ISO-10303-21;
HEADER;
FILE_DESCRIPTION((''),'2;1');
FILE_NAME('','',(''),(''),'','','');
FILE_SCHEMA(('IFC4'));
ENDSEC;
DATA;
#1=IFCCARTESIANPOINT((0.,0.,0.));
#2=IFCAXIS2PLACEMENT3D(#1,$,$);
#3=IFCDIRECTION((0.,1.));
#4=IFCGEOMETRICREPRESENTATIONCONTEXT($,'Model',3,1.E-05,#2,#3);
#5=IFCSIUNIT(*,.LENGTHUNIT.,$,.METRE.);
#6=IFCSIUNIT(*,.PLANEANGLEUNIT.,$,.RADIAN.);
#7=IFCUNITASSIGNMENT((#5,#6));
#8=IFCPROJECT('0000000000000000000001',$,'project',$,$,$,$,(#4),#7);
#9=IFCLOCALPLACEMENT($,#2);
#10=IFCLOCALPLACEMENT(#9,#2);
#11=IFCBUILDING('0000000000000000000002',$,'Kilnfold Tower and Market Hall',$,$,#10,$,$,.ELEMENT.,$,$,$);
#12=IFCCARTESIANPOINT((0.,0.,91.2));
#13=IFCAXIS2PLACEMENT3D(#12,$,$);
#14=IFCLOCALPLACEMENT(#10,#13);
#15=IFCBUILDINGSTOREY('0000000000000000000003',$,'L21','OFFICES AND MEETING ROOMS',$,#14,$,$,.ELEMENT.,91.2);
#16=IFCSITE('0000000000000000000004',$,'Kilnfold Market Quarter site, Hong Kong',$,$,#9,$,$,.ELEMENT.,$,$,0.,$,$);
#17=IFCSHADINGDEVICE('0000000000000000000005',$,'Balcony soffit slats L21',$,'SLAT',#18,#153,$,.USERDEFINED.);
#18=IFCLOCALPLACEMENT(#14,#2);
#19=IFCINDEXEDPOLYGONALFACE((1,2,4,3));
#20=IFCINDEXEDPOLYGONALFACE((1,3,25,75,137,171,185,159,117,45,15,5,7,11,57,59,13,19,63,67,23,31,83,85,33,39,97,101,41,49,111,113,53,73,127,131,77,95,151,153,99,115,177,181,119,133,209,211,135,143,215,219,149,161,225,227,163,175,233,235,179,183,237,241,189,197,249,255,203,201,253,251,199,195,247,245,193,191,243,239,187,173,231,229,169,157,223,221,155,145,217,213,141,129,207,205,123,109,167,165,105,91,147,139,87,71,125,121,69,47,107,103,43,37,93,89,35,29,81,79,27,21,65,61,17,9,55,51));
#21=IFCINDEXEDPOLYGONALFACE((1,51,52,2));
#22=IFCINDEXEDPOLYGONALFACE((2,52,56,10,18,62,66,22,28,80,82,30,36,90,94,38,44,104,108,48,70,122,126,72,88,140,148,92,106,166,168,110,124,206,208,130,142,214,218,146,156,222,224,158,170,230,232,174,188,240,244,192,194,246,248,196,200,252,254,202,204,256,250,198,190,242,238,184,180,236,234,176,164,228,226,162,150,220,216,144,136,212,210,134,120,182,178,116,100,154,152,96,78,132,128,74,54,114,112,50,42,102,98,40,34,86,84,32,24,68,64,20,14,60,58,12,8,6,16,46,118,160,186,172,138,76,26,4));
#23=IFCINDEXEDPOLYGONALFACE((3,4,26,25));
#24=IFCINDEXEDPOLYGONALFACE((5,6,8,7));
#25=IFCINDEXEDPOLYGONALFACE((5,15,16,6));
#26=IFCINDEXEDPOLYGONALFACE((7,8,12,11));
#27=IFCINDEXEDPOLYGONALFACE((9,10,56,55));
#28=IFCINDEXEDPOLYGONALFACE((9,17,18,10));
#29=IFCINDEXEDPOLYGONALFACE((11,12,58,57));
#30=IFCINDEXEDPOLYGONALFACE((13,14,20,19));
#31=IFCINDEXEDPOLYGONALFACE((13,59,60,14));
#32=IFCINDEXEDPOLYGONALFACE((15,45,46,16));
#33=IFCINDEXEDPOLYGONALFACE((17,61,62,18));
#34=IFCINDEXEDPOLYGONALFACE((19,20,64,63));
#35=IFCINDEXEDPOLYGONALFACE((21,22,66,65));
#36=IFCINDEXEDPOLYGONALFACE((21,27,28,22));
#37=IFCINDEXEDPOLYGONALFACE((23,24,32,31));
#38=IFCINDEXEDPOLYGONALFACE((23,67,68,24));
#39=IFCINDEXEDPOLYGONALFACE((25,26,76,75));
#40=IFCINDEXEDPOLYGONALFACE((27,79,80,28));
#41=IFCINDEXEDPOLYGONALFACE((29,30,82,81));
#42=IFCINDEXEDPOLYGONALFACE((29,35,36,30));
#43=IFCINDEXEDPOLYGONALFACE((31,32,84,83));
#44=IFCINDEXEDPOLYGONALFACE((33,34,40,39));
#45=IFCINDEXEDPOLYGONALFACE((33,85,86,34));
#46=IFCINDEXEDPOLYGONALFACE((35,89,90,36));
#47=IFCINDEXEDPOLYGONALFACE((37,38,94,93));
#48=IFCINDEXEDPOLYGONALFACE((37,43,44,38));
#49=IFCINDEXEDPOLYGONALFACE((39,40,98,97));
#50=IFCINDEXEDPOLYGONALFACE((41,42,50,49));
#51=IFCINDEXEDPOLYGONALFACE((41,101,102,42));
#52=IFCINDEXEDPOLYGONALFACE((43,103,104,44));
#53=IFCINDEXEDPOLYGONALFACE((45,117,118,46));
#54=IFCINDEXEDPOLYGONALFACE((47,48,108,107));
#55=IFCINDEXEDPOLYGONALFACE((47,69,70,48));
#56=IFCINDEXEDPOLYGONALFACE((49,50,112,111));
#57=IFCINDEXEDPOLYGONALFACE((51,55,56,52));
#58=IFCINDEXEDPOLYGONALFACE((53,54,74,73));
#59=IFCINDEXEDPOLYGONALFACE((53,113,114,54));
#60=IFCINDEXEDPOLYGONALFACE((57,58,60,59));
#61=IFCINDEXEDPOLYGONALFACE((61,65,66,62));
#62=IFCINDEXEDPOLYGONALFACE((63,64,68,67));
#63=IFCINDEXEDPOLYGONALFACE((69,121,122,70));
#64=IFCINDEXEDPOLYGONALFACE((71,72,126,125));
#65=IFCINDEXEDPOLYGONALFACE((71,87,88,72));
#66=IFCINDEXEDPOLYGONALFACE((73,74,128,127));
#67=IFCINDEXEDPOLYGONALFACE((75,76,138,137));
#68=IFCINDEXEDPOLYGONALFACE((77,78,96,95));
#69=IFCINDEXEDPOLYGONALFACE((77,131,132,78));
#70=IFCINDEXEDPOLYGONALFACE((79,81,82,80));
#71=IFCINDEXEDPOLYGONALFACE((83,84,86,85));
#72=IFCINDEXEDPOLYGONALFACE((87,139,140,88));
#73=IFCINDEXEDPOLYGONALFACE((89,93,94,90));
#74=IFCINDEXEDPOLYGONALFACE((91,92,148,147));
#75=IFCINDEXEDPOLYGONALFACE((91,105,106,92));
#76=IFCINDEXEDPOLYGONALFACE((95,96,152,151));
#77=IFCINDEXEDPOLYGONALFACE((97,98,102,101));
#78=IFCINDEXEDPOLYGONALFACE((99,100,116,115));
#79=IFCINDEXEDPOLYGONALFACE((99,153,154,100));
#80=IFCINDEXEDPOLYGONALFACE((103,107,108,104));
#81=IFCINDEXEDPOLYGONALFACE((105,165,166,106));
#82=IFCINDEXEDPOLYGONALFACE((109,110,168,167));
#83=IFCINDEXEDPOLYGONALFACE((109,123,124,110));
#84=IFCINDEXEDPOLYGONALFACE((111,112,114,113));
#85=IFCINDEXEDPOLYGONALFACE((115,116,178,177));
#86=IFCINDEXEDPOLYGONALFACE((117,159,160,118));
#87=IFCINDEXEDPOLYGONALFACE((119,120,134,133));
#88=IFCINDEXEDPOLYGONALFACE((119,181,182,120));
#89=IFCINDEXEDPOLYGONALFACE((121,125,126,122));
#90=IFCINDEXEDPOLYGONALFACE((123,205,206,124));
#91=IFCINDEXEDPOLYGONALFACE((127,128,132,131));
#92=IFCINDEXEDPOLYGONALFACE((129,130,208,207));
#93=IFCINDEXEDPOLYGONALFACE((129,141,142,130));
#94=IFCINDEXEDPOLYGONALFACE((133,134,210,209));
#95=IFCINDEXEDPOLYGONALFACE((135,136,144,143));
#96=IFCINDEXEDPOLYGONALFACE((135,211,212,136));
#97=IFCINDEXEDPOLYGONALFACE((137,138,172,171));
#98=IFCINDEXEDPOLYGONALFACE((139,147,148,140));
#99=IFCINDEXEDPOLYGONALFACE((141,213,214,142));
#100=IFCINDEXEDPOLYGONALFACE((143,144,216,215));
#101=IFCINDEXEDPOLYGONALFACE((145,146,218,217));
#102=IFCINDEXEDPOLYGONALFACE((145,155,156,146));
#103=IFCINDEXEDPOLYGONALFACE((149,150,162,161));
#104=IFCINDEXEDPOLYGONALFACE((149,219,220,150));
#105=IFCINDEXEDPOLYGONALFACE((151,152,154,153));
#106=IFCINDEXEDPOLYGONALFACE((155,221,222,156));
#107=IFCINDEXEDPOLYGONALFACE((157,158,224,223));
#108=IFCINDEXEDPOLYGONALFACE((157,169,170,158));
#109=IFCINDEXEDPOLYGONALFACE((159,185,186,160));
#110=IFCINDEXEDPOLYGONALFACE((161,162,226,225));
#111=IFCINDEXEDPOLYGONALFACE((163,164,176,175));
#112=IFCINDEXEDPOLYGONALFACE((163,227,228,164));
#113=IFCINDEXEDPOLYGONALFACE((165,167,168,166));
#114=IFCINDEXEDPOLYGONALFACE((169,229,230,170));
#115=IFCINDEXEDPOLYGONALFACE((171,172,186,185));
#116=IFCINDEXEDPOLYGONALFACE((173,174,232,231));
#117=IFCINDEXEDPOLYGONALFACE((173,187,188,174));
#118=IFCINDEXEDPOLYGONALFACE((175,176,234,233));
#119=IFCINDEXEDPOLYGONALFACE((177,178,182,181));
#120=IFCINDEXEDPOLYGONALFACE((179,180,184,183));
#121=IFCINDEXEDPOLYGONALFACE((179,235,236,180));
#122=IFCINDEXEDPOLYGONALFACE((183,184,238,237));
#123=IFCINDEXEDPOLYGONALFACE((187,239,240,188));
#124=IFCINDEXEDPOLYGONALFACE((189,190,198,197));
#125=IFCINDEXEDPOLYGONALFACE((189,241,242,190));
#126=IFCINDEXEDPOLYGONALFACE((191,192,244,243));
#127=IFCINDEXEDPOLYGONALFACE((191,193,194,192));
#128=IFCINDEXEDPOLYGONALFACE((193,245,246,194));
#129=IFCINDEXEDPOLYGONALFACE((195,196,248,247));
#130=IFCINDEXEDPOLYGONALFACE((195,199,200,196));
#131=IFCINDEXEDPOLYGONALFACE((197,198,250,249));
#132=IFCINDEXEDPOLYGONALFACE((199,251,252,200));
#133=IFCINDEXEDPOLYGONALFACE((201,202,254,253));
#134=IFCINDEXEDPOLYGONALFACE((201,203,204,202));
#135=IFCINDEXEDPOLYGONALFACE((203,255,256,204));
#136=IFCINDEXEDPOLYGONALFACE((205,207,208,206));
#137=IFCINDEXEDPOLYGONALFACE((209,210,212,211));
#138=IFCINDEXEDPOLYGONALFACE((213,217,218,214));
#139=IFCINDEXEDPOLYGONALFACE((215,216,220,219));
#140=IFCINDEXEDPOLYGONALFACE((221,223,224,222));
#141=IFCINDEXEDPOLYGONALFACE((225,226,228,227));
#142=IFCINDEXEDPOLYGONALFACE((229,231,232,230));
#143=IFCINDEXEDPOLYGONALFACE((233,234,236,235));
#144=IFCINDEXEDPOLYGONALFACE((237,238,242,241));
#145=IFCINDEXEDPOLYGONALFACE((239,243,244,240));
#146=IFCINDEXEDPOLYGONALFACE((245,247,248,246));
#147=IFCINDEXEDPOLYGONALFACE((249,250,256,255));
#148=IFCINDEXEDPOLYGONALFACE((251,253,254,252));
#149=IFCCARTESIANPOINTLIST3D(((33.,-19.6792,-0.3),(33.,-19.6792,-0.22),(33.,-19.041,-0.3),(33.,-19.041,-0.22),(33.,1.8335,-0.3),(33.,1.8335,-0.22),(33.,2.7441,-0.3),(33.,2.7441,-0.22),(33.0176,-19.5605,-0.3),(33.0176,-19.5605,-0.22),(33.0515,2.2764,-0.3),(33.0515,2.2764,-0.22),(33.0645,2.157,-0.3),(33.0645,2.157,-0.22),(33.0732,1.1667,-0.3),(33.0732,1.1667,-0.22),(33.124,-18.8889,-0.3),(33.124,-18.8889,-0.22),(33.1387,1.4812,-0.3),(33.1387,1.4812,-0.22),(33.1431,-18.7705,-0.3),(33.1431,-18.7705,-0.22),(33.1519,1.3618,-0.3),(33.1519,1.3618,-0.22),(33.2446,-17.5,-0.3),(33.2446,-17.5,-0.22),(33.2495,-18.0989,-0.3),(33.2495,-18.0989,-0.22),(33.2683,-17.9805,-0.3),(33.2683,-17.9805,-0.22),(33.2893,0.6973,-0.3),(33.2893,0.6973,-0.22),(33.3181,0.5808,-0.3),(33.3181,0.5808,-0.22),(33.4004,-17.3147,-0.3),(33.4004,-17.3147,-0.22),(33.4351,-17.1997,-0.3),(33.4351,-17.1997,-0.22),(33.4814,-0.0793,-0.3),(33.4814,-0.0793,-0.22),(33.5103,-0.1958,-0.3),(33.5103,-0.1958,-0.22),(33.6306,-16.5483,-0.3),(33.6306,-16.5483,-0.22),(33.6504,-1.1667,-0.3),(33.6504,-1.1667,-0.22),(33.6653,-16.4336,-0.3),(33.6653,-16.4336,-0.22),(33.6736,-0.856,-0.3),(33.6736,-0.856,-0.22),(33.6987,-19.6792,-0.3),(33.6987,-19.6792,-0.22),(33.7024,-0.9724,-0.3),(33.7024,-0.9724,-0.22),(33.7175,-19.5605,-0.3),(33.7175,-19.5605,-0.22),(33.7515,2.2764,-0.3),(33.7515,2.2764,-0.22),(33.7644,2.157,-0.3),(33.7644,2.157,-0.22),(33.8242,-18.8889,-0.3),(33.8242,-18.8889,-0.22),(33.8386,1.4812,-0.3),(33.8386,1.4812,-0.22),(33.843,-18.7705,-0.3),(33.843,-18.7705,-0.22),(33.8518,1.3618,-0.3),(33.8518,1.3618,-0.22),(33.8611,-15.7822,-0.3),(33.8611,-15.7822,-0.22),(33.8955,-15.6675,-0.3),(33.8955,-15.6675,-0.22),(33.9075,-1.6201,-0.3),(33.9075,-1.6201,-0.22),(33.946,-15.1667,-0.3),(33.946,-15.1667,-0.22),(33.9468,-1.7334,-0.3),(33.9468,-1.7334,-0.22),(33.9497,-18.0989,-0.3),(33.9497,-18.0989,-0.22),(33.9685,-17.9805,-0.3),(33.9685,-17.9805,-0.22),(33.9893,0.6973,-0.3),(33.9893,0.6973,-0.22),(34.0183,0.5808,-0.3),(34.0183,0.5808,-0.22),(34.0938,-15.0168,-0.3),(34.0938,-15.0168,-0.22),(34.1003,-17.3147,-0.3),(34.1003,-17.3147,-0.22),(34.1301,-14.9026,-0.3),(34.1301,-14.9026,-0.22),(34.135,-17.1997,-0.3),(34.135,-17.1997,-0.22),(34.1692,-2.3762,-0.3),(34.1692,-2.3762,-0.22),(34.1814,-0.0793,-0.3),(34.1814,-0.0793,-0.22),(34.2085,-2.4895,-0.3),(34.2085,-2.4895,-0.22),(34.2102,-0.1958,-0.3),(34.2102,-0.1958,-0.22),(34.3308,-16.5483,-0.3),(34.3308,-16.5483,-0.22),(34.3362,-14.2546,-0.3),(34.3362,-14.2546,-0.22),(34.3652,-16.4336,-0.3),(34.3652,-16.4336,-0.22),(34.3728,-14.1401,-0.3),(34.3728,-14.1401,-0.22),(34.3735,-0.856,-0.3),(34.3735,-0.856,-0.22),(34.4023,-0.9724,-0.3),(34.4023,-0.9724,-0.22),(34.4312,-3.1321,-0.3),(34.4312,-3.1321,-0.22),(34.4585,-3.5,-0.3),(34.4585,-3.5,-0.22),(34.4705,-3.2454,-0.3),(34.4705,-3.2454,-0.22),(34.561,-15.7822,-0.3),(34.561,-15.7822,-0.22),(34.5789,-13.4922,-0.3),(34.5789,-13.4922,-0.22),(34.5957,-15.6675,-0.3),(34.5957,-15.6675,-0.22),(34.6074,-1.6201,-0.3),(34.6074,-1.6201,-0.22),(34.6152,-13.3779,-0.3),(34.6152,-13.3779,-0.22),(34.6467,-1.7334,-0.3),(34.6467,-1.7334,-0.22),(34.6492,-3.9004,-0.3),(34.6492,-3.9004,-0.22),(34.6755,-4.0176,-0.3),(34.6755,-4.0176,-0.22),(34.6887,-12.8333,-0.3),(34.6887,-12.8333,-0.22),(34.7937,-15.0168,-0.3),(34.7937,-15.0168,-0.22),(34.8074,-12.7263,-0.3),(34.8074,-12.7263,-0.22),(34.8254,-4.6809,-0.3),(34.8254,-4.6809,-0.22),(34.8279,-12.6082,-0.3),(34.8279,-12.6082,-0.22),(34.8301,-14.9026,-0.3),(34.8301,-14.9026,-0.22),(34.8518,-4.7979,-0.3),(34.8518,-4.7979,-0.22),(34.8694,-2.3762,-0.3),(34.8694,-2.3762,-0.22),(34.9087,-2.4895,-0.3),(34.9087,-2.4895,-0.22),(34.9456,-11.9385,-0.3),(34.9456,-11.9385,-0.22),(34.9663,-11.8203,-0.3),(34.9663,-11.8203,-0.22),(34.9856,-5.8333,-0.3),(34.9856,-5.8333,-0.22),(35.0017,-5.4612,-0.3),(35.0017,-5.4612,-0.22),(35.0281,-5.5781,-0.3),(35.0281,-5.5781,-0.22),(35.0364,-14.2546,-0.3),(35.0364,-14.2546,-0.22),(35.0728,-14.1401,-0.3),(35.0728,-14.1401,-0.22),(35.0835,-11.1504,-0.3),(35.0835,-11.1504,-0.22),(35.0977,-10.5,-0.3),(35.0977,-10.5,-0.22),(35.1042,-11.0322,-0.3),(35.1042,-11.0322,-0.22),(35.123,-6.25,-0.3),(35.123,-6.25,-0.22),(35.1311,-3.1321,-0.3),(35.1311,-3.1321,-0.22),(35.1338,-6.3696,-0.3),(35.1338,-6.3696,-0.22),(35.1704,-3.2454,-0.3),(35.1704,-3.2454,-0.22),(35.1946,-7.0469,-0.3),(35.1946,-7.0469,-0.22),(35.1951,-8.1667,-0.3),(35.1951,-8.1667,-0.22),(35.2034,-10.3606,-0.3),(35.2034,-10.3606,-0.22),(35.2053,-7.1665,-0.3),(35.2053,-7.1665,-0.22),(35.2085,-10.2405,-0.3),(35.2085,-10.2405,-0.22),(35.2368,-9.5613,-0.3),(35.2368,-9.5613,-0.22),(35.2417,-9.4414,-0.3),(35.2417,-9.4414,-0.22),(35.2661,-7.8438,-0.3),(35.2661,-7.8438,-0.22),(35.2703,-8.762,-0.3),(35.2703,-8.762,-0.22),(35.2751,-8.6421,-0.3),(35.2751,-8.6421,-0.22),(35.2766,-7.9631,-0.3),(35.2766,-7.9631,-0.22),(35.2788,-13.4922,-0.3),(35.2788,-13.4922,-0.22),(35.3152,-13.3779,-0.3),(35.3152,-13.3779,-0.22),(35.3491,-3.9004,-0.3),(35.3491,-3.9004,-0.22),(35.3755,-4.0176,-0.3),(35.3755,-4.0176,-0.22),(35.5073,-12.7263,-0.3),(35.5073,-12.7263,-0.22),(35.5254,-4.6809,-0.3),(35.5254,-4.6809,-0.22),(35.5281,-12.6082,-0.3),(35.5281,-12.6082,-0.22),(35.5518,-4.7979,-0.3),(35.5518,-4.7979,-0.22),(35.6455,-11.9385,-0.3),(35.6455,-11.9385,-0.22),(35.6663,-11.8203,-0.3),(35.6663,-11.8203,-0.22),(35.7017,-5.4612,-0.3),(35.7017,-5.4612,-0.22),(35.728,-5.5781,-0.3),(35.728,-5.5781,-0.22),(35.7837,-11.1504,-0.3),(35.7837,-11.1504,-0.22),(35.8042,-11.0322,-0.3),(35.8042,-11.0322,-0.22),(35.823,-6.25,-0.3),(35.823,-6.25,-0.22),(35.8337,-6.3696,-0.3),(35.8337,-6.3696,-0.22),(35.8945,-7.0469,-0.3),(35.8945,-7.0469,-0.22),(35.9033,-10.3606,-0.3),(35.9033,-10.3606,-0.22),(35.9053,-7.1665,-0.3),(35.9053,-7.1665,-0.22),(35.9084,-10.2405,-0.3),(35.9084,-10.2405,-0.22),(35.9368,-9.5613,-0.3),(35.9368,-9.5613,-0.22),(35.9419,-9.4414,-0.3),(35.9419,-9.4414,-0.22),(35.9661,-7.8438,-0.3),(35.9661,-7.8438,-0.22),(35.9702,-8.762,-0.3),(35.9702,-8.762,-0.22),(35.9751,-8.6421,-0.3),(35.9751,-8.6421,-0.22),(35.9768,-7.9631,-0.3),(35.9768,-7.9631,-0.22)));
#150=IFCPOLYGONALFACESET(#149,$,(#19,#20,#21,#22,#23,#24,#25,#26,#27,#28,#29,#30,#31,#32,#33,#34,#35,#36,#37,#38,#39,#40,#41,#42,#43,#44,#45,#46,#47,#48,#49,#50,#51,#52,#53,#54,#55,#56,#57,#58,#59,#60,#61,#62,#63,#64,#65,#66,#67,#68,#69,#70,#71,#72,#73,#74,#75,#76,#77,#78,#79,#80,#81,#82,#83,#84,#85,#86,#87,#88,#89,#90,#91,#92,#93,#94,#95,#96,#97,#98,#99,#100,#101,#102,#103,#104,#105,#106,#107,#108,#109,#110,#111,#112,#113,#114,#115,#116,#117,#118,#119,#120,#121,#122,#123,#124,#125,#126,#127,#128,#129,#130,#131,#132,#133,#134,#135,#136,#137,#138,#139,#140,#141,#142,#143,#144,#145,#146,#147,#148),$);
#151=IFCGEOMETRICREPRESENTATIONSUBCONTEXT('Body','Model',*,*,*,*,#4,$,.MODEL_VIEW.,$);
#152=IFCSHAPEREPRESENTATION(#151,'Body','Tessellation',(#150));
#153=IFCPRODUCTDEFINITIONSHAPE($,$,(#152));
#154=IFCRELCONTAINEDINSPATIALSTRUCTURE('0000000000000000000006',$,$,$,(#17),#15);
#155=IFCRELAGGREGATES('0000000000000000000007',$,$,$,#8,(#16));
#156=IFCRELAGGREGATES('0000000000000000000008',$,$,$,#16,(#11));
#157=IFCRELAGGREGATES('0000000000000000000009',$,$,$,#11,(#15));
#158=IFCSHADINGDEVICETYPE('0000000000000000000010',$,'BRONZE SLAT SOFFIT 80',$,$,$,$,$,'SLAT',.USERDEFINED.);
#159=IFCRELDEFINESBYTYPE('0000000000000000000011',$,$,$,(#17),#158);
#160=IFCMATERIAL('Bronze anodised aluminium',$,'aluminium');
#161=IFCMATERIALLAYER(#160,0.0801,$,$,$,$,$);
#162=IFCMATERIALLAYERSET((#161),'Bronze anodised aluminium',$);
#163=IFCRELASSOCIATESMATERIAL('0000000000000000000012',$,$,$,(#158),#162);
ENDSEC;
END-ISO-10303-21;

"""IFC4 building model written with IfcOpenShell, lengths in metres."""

from ifc_helpers import new_model, si_unit, direction, frame, origin, place, context, subcontext, project, spatial, polyline, outline, extrude, source, transform, mapped, material, layer, layer_set, type_object, element, save


model = new_model("IFC4")

# Units and contexts
model_context = context("Model", 3, precision=1e-05, world=origin(), true_north=direction((0.0, 1.0)))
body_context = subcontext(model_context, "Body", "Model", "MODEL_VIEW")
ifc_project = project(units=[si_unit("LENGTHUNIT", "METRE"), si_unit("PLANEANGLEUNIT", "RADIAN")], contexts=[model_context])

# Site, building, storey
site_placement = place(None, origin())
site = spatial("IfcSite", under=ifc_project, at=site_placement, Name="Kilnfold Market Quarter site, Hong Kong", CompositionType="ELEMENT", RefElevation=0.0)
building_placement = place(site_placement, origin())
building = spatial("IfcBuilding", under=site, at=building_placement, Name="Kilnfold Tower and Market Hall", CompositionType="ELEMENT")
storey_placement = place(building_placement, frame((0.0, 0.0, 91.2)))
storey = spatial("IfcBuildingStorey", under=building, at=storey_placement, Name="L21", Description="OFFICES AND MEETING ROOMS", CompositionType="ELEMENT", Elevation=91.2)

# Shading device
ifc_material_1 = material(Name="Bronze anodised aluminium", Category="aluminium")
ifc_layer_1 = layer(ifc_material_1, 0.0801)
ifc_layer_set_1 = layer_set([ifc_layer_1], Name="Bronze anodised aluminium")
shading_device_type_1 = type_object("IfcShadingDeviceType", Name="BRONZE SLAT SOFFIT 80", ElementType="SLAT", PredefinedType="USERDEFINED", material=ifc_layer_set_1)
shared_shape_1 = source(origin(), body_context, "Body", "SweptSolid", [
    extrude(outline(polyline([(33.2446, -17.5), (33.946, -15.1667), (34.6887, -12.8333), (35.0977, -10.5), (35.1951, -8.1667), (34.9856, -5.8333), (34.4585, -3.5), (33.6504, -1.1667), (33.0732, 1.1667), (33.0, 1.8335), (33.0, 2.7441), (33.0515, 2.2764), (33.7515, 2.2764), (33.7644, 2.157), (33.0645, 2.157), (33.1387, 1.4812), (33.8386, 1.4812), (33.8518, 1.3618), (33.1519, 1.3618), (33.2893, 0.6973), (33.9893, 0.6973), (34.0183, 0.5808), (33.3181, 0.5808), (33.4814, -0.0793), (34.1814, -0.0793), (34.2102, -0.1958), (33.5103, -0.1958), (33.6736, -0.856), (34.3735, -0.856), (34.4023, -0.9724), (33.7024, -0.9724), (33.9075, -1.6201), (34.6074, -1.6201), (34.6467, -1.7334), (33.9468, -1.7334), (34.1692, -2.3762), (34.8694, -2.3762), (34.9087, -2.4895), (34.2085, -2.4895), (34.4312, -3.1321), (35.1311, -3.1321), (35.1704, -3.2454), (34.4705, -3.2454), (34.6492, -3.9004), (35.3491, -3.9004), (35.3755, -4.0176), (34.6755, -4.0176), (34.8254, -4.6809), (35.5254, -4.6809), (35.5518, -4.7979), (34.8518, -4.7979), (35.0017, -5.4612), (35.7017, -5.4612), (35.728, -5.5781), (35.0281, -5.5781), (35.123, -6.25), (35.823, -6.25), (35.8337, -6.3696), (35.1338, -6.3696), (35.1946, -7.0469), (35.8945, -7.0469), (35.9053, -7.1665), (35.2053, -7.1665), (35.2661, -7.8438), (35.9661, -7.8438), (35.9768, -7.9631), (35.2766, -7.9631), (35.2751, -8.6421), (35.9751, -8.6421), (35.9702, -8.762), (35.2703, -8.762), (35.2417, -9.4414), (35.9419, -9.4414), (35.9368, -9.5613), (35.2368, -9.5613), (35.2085, -10.2405), (35.9084, -10.2405), (35.9033, -10.3606), (35.2034, -10.3606), (35.1042, -11.0322), (35.8042, -11.0322), (35.7837, -11.1504), (35.0835, -11.1504), (34.9663, -11.8203), (35.6663, -11.8203), (35.6455, -11.9385), (34.9456, -11.9385), (34.8279, -12.6082), (35.5281, -12.6082), (35.5073, -12.7263), (34.8074, -12.7263), (34.6152, -13.3779), (35.3152, -13.3779), (35.2788, -13.4922), (34.5789, -13.4922), (34.3728, -14.1401), (35.0728, -14.1401), (35.0364, -14.2546), (34.3362, -14.2546), (34.1301, -14.9026), (34.8301, -14.9026), (34.7937, -15.0168), (34.0938, -15.0168), (33.8955, -15.6675), (34.5957, -15.6675), (34.561, -15.7822), (33.8611, -15.7822), (33.6653, -16.4336), (34.3652, -16.4336), (34.3308, -16.5483), (33.6306, -16.5483), (33.4351, -17.1997), (34.135, -17.1997), (34.1003, -17.3147), (33.4004, -17.3147), (33.2683, -17.9805), (33.9685, -17.9805), (33.9497, -18.0989), (33.2495, -18.0989), (33.1431, -18.7705), (33.843, -18.7705), (33.8242, -18.8889), (33.124, -18.8889), (33.0176, -19.5605), (33.7175, -19.5605), (33.6987, -19.6792), (33.0, -19.6792), (33.0, -19.041), (33.2446, -17.5)])), origin(), (0.0, 0.0, 1.0), 0.0801),
])
shading_device_1_placement = place(storey_placement, frame((0.0, 0.0, -0.3)))
element("IfcShadingDevice", 1, at=shading_device_1_placement, inside=storey, type_object=shading_device_type_1, Name="Balcony soffit slats L21", ObjectType="SLAT", PredefinedType="USERDEFINED", context=body_context, shape_type="MappedRepresentation", body=[
    mapped(shared_shape_1, transform((0.0, 0.0, 0.0))),
])

save(model, "model.ifc")
